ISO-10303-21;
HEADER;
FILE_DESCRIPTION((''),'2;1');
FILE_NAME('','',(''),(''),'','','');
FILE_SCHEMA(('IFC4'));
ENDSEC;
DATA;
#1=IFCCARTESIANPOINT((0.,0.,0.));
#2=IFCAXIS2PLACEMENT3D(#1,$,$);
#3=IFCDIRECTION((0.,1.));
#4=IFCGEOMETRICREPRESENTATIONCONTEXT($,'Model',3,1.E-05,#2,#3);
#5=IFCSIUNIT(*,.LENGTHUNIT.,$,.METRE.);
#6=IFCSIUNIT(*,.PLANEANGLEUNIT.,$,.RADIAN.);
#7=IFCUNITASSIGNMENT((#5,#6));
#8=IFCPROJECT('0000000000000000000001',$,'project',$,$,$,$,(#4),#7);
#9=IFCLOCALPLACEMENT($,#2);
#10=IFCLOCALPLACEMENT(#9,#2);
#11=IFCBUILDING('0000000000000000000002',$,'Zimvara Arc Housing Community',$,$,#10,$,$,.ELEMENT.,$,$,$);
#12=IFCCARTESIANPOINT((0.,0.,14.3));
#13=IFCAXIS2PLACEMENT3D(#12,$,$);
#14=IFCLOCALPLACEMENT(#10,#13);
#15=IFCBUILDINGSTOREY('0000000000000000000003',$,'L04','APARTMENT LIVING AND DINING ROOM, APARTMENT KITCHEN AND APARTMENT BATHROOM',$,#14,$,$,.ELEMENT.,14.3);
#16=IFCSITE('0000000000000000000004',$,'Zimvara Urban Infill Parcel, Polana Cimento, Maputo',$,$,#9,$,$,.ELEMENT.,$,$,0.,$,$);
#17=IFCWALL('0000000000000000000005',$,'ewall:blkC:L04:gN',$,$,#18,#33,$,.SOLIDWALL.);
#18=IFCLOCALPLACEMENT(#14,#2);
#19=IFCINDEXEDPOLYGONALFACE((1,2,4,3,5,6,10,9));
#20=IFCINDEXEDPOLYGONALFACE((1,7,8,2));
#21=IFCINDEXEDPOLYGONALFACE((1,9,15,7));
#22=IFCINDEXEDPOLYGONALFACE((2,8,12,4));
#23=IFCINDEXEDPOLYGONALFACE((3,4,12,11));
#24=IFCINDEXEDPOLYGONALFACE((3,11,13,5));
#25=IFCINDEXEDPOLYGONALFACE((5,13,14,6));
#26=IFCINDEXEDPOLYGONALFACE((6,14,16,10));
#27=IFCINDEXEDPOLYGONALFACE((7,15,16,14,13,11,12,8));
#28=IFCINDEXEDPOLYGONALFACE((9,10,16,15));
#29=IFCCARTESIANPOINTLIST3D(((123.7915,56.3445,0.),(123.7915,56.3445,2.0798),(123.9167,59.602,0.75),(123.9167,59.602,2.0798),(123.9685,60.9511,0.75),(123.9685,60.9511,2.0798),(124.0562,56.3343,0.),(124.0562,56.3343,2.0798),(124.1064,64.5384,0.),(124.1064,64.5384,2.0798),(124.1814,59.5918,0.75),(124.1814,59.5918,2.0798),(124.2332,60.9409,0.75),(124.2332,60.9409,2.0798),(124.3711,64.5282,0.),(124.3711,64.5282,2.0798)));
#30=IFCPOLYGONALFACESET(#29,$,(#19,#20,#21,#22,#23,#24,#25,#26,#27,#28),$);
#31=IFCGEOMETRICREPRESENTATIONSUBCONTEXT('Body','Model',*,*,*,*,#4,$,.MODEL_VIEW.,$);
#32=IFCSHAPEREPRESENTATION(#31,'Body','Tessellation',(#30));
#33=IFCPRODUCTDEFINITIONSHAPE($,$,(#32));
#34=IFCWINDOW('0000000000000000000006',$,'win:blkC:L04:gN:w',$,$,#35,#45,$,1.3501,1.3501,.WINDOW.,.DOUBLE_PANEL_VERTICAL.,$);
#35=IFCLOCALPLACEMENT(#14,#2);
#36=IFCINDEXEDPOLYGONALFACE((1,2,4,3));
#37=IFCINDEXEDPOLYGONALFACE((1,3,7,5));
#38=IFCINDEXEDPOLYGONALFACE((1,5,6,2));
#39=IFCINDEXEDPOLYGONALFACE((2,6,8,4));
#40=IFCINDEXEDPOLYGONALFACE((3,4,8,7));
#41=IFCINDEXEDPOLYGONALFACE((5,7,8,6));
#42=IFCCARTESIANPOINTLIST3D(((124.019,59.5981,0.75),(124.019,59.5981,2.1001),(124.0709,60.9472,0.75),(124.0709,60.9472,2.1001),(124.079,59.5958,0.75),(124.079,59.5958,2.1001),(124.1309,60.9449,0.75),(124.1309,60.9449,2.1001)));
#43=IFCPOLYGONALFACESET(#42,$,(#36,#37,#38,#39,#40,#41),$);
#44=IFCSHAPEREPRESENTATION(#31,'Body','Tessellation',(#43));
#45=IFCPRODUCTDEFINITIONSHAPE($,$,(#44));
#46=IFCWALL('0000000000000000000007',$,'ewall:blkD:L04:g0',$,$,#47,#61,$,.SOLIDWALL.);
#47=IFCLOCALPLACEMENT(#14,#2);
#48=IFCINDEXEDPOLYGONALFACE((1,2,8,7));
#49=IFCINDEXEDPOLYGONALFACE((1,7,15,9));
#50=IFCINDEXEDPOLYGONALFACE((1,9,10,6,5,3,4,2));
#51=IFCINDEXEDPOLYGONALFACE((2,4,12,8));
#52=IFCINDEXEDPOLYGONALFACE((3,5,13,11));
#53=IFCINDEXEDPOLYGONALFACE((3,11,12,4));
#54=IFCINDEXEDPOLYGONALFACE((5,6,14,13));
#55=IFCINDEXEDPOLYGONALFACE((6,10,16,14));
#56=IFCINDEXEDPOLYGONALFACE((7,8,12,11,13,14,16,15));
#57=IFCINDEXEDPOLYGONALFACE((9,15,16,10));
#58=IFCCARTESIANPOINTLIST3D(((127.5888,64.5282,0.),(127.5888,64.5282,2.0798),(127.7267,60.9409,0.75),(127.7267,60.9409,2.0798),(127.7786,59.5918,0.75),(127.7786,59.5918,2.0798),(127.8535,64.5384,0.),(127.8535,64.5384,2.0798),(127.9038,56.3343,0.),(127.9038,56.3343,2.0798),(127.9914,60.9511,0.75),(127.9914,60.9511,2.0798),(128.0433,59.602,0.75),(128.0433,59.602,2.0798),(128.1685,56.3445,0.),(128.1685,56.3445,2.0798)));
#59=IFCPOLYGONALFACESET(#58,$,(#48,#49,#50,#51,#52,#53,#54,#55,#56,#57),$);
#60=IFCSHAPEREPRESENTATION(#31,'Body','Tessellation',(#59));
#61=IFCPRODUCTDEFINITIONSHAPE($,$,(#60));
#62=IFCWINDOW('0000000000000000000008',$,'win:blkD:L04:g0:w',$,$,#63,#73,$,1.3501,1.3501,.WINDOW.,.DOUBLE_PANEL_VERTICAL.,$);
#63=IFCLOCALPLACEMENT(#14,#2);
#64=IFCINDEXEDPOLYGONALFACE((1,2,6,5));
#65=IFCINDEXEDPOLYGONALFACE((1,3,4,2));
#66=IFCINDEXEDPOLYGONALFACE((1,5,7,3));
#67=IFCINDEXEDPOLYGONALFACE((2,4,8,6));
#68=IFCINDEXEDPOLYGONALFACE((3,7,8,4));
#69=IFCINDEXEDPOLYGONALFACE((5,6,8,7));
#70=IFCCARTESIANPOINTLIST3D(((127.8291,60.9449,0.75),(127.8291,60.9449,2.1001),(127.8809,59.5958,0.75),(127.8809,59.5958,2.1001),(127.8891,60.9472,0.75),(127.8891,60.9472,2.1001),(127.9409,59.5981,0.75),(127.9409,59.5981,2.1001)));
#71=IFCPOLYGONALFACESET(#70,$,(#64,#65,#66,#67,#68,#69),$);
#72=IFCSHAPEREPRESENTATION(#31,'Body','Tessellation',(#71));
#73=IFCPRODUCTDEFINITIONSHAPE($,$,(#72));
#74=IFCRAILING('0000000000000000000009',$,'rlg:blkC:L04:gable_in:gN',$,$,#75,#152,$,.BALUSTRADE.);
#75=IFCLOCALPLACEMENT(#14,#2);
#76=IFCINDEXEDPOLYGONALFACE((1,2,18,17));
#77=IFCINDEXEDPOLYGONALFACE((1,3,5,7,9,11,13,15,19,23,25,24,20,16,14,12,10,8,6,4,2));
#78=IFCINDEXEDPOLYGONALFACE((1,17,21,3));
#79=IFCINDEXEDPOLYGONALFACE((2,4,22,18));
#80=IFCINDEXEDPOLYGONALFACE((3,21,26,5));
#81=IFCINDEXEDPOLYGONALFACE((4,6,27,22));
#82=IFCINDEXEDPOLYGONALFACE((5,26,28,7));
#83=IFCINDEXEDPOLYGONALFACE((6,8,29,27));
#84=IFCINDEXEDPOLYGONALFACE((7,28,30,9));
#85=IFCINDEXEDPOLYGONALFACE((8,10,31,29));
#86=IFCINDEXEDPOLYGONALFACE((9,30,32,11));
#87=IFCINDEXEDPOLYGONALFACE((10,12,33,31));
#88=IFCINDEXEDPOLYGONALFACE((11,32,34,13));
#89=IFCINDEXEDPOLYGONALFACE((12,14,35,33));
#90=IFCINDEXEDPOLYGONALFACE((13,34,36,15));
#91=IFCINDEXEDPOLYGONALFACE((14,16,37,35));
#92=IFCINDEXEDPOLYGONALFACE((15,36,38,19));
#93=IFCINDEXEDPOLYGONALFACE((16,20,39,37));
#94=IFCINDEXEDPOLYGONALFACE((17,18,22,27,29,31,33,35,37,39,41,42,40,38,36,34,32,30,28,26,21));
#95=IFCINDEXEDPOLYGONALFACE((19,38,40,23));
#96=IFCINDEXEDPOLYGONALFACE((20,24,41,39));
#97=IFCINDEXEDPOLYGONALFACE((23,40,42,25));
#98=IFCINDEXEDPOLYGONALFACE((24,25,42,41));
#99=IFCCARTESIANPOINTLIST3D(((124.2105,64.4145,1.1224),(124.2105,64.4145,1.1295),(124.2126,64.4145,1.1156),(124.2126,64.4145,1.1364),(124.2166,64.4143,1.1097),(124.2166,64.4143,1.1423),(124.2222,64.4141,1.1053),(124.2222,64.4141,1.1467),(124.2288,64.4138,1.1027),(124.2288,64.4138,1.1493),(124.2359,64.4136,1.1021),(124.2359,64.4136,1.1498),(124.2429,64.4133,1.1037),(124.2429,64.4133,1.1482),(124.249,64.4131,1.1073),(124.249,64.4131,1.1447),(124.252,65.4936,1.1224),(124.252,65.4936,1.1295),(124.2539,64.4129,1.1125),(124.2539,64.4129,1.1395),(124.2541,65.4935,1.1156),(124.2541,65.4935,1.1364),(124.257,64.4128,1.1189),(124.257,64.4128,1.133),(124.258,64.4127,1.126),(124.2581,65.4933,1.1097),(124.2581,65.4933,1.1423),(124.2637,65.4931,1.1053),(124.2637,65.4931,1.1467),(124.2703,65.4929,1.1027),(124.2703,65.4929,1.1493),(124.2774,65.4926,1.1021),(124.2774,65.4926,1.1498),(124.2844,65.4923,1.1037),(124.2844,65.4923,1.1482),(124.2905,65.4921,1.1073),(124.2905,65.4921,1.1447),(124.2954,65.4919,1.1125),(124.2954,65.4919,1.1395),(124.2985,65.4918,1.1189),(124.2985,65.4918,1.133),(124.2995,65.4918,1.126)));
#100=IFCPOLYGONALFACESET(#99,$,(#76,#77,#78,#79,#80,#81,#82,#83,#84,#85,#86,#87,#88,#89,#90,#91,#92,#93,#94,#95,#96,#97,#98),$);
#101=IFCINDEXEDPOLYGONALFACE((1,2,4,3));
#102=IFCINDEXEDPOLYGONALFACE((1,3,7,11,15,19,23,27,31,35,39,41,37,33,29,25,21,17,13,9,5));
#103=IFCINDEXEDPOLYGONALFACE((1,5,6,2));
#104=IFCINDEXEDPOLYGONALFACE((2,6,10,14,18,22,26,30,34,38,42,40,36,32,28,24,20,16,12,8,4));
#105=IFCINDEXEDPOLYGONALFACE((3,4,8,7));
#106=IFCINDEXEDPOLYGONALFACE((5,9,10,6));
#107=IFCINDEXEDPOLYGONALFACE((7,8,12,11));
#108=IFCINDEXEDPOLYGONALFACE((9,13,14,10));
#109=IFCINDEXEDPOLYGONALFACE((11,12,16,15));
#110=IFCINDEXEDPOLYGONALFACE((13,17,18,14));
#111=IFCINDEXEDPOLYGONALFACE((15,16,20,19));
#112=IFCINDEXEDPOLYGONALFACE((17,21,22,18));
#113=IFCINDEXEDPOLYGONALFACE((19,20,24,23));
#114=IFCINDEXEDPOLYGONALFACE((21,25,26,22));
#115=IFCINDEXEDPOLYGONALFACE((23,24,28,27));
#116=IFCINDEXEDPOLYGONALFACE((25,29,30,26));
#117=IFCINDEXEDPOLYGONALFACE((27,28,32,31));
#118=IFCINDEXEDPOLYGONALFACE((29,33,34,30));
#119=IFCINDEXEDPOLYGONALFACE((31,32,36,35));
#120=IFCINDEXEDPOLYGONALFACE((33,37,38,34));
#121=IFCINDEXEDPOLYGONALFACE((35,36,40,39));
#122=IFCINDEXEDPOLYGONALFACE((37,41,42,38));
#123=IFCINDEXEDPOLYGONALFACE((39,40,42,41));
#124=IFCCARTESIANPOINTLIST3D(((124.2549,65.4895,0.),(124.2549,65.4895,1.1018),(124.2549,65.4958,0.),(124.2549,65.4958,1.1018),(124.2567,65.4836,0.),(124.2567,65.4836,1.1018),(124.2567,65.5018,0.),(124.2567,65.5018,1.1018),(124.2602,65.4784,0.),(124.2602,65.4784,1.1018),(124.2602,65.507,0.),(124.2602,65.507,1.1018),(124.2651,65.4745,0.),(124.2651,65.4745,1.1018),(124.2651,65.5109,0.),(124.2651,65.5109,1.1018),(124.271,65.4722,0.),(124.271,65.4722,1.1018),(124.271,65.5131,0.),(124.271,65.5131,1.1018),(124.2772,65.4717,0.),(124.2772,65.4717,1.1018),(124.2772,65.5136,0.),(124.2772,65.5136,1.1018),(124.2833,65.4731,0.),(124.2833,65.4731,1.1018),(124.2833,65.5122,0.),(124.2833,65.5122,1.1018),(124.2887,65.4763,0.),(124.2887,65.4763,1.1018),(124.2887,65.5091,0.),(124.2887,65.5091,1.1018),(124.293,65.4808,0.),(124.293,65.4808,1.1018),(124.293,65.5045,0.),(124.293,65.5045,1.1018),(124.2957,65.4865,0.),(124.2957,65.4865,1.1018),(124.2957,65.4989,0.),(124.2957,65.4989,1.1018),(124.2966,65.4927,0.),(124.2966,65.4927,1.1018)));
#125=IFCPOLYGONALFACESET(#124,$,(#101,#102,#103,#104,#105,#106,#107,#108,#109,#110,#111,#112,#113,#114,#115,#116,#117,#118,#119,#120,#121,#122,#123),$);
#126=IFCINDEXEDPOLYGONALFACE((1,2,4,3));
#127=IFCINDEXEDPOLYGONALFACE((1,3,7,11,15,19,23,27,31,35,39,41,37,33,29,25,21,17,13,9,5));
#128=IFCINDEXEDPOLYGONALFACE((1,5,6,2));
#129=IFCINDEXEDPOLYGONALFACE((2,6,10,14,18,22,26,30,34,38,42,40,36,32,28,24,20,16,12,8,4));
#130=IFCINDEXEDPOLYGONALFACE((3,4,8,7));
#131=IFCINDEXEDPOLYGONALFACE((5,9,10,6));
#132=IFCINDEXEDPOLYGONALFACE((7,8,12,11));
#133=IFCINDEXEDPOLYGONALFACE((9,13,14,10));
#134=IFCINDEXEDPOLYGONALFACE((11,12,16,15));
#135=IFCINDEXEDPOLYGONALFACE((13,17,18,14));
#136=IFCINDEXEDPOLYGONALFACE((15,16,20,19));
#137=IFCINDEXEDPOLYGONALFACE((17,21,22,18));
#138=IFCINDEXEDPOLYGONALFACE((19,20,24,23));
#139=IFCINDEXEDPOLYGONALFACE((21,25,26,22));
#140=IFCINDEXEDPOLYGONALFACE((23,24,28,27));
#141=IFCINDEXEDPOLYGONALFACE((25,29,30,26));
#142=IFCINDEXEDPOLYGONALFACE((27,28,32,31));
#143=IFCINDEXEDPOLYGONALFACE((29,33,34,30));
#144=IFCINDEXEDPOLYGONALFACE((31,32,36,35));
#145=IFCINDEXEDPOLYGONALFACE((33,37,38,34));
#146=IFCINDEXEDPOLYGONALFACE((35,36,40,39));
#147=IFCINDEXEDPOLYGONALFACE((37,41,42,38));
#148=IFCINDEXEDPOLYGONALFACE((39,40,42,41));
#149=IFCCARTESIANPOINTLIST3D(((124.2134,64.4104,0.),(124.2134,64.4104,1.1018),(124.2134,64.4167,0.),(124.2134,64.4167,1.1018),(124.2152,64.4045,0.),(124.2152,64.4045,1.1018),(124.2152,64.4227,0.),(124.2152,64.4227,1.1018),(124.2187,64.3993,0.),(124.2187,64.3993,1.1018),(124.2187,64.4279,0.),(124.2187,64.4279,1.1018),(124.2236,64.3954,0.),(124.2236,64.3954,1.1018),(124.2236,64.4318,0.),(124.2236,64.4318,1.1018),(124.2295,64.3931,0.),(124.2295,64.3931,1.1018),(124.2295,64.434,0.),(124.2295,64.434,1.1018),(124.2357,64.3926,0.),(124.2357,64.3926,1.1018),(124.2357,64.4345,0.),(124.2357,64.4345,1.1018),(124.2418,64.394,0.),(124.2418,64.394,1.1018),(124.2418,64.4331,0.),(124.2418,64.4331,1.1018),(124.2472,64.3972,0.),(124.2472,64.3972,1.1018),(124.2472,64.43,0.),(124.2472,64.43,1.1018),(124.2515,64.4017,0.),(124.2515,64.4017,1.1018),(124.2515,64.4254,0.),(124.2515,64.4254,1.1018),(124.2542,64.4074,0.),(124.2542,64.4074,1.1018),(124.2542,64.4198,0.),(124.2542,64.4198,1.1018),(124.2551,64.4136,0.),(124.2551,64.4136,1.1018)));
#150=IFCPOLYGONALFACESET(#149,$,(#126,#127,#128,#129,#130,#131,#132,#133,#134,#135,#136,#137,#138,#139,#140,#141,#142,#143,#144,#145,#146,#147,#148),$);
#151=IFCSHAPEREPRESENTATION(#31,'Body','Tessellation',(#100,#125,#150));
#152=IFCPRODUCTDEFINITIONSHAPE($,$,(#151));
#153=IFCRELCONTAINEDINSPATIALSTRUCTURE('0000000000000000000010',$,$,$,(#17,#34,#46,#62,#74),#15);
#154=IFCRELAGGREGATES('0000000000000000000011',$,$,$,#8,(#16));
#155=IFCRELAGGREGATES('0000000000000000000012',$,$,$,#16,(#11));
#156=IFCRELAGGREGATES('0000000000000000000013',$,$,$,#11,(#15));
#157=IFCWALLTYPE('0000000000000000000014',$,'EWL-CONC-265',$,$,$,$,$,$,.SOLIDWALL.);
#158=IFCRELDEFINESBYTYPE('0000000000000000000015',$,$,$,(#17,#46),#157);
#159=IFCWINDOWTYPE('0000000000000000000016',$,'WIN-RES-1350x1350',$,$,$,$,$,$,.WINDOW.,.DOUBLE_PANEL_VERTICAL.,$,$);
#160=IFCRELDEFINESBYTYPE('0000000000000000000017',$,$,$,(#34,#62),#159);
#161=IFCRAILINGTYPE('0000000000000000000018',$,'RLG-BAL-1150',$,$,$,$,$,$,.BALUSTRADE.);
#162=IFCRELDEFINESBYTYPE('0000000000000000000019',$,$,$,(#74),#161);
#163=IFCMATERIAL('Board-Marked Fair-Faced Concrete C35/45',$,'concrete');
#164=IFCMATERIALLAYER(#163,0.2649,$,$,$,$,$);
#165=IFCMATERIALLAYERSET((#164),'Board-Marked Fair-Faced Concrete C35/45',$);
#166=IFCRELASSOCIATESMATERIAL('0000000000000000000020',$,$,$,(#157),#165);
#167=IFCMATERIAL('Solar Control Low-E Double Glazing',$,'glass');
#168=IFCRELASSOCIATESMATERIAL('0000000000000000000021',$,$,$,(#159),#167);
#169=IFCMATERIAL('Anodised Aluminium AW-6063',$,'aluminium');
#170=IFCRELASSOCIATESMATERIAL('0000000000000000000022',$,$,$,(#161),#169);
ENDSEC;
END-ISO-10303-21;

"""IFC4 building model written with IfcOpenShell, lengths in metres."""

from ifc_helpers import new_model, si_unit, direction, frame, frame_2d, origin, origin_2d, place, context, subcontext, project, spatial, rectangle, circle, extrude, material, layer, layer_set, type_object, element, fill, save


model = new_model("IFC4")

# Units and contexts
model_context = context("Model", 3, precision=1e-05, world=origin(), true_north=direction((0.0, 1.0)))
body_context = subcontext(model_context, "Body", "Model", "MODEL_VIEW")
ifc_project = project(units=[si_unit("LENGTHUNIT", "METRE"), si_unit("PLANEANGLEUNIT", "RADIAN")], contexts=[model_context])

# Site, building, storey
site_placement = place(None, origin())
site = spatial("IfcSite", under=ifc_project, at=site_placement, Name="Zimvara Urban Infill Parcel, Polana Cimento, Maputo", CompositionType="ELEMENT", RefElevation=0.0)
building_placement = place(site_placement, origin())
building = spatial("IfcBuilding", under=site, at=building_placement, Name="Zimvara Arc Housing Community", CompositionType="ELEMENT")
storey_placement = place(building_placement, frame((0.0, 0.0, 14.3)))
storey = spatial("IfcBuildingStorey", under=building, at=storey_placement, Name="L04", Description="APARTMENT LIVING AND DINING ROOM, APARTMENT KITCHEN AND APARTMENT BATHROOM", CompositionType="ELEMENT", Elevation=14.3)

# Walls, openings, windows
ifc_material_1 = material(Name="Board-Marked Fair-Faced Concrete C35/45", Category="concrete")
ifc_layer_1 = layer(ifc_material_1, 0.2649)
ifc_layer_set_1 = layer_set([ifc_layer_1], Name="Board-Marked Fair-Faced Concrete C35/45")
wall_type_1 = type_object("IfcWallType", Name="EWL-CONC-265", PredefinedType="SOLIDWALL", material=ifc_layer_set_1)
wall_1_placement = place(storey_placement, frame((124.2388, 64.5334, 0.0), z_axis=(0.0, 0.0, 1.0), x_axis=(-0.038408, -0.999262, 0.0)))
wall_1 = element("IfcWall", 1, at=wall_1_placement, inside=storey, type_object=wall_type_1, Name="ewall:blkC:L04:gN", PredefinedType="SOLIDWALL", context=body_context, shape_type="SweptSolid", body=[
    extrude(rectangle(XDim=8.2, YDim=0.2649, at=frame_2d((4.1001, 0.0))), origin(), (0.0, 0.0, 1.0), 2.0798),
])
opening_1_placement = place(wall_1_placement, frame((3.5901, 0.0, 0.75)))
opening_1 = element("IfcOpeningElement", 2, at=opening_1_placement, cuts=wall_1, PredefinedType="OPENING", context=body_context, shape_type="SweptSolid", body=[
    extrude(rectangle(XDim=1.3501, YDim=1.3501, at=frame_2d((0.675, 0.675))), frame((0.0, 0.1423, 0.0), z_axis=(0.0, -1.0, 0.0), x_axis=(1.0, 0.0, 0.0)), (0.0, 0.0, 1.0), 0.2849),
])
ifc_material_2 = material(Name="Solar Control Low-E Double Glazing", Category="glass")
window_type_1 = type_object("IfcWindowType", Name="WIN-RES-1350x1350", PartitioningType="DOUBLE_PANEL_VERTICAL", PredefinedType="WINDOW", material=ifc_material_2)
window_1_placement = place(opening_1_placement, origin())
window_1 = element("IfcWindow", 3, at=window_1_placement, inside=storey, type_object=window_type_1, Name="win:blkC:L04:gN:w", OverallHeight=1.3501, OverallWidth=1.3501, PartitioningType="DOUBLE_PANEL_VERTICAL", PredefinedType="WINDOW", context=body_context, shape_type="SweptSolid", body=[
    extrude(rectangle(XDim=1.3501, YDim=1.3501, at=frame_2d((0.675, 0.675))), frame((0.0, 0.03, 0.0), z_axis=(0.0, -1.0, 0.0), x_axis=(1.0, 0.0, 0.0)), (0.0, 0.0, 1.0), 0.0601),
])
fill(opening_1, window_1)
wall_2_placement = place(storey_placement, frame((127.7212, 64.5334, 0.0), z_axis=(0.0, 0.0, 1.0), x_axis=(0.038408, -0.999262, 0.0)))
wall_2 = element("IfcWall", 4, at=wall_2_placement, inside=storey, type_object=wall_type_1, Name="ewall:blkD:L04:g0", PredefinedType="SOLIDWALL", context=body_context, shape_type="SweptSolid", body=[
    extrude(rectangle(XDim=8.2, YDim=0.2649, at=frame_2d((4.1001, 0.0))), origin(), (0.0, 0.0, 1.0), 2.0798),
])
opening_2_placement = place(wall_2_placement, frame((3.5901, 0.0, 0.75)))
opening_2 = element("IfcOpeningElement", 5, at=opening_2_placement, cuts=wall_2, PredefinedType="OPENING", context=body_context, shape_type="SweptSolid", body=[
    extrude(rectangle(XDim=1.3501, YDim=1.3501, at=frame_2d((0.675, 0.675))), frame((0.0, 0.1423, 0.0), z_axis=(0.0, -1.0, 0.0), x_axis=(1.0, 0.0, 0.0)), (0.0, 0.0, 1.0), 0.2849),
])
window_2_placement = place(opening_2_placement, origin())
window_2 = element("IfcWindow", 6, at=window_2_placement, inside=storey, type_object=window_type_1, Name="win:blkD:L04:g0:w", OverallHeight=1.3501, OverallWidth=1.3501, PartitioningType="DOUBLE_PANEL_VERTICAL", PredefinedType="WINDOW", context=body_context, shape_type="SweptSolid", body=[
    extrude(rectangle(XDim=1.3501, YDim=1.3501, at=frame_2d((0.675, 0.675))), frame((0.0, 0.03, 0.0), z_axis=(0.0, -1.0, 0.0), x_axis=(1.0, 0.0, 0.0)), (0.0, 0.0, 1.0), 0.0601),
])
fill(opening_2, window_2)

# Railing
ifc_material_3 = material(Name="Anodised Aluminium AW-6063", Category="aluminium")
railing_type = type_object("IfcRailingType", Name="RLG-BAL-1150", PredefinedType="BALUSTRADE", material=ifc_material_3)
railing_1_placement = place(storey_placement, frame((124.2756, 65.4927, 0.0)))
element("IfcRailing", 7, at=railing_1_placement, inside=storey, type_object=railing_type, Name="rlg:blkC:L04:gable_in:gN", PredefinedType="BALUSTRADE", context=body_context, shape_type="SweptSolid", body=[
    extrude(circle(Radius=0.0239, at=origin_2d()), frame((0.0, 0.0, 1.126), z_axis=(-0.038433, -0.999261, 0.0), x_axis=(0.999261, -0.038433, 0.0)), (0.0, 0.0, 1.0), 1.0798),
    extrude(circle(Radius=0.021, at=origin_2d()), origin(), (0.0, 0.0, 1.0), 1.1018),
    extrude(circle(Radius=0.021, at=origin_2d()), frame((-0.0415, -1.0791, 0.0)), (0.0, 0.0, 1.0), 1.1018),
])

save(model, "model.ifc")
